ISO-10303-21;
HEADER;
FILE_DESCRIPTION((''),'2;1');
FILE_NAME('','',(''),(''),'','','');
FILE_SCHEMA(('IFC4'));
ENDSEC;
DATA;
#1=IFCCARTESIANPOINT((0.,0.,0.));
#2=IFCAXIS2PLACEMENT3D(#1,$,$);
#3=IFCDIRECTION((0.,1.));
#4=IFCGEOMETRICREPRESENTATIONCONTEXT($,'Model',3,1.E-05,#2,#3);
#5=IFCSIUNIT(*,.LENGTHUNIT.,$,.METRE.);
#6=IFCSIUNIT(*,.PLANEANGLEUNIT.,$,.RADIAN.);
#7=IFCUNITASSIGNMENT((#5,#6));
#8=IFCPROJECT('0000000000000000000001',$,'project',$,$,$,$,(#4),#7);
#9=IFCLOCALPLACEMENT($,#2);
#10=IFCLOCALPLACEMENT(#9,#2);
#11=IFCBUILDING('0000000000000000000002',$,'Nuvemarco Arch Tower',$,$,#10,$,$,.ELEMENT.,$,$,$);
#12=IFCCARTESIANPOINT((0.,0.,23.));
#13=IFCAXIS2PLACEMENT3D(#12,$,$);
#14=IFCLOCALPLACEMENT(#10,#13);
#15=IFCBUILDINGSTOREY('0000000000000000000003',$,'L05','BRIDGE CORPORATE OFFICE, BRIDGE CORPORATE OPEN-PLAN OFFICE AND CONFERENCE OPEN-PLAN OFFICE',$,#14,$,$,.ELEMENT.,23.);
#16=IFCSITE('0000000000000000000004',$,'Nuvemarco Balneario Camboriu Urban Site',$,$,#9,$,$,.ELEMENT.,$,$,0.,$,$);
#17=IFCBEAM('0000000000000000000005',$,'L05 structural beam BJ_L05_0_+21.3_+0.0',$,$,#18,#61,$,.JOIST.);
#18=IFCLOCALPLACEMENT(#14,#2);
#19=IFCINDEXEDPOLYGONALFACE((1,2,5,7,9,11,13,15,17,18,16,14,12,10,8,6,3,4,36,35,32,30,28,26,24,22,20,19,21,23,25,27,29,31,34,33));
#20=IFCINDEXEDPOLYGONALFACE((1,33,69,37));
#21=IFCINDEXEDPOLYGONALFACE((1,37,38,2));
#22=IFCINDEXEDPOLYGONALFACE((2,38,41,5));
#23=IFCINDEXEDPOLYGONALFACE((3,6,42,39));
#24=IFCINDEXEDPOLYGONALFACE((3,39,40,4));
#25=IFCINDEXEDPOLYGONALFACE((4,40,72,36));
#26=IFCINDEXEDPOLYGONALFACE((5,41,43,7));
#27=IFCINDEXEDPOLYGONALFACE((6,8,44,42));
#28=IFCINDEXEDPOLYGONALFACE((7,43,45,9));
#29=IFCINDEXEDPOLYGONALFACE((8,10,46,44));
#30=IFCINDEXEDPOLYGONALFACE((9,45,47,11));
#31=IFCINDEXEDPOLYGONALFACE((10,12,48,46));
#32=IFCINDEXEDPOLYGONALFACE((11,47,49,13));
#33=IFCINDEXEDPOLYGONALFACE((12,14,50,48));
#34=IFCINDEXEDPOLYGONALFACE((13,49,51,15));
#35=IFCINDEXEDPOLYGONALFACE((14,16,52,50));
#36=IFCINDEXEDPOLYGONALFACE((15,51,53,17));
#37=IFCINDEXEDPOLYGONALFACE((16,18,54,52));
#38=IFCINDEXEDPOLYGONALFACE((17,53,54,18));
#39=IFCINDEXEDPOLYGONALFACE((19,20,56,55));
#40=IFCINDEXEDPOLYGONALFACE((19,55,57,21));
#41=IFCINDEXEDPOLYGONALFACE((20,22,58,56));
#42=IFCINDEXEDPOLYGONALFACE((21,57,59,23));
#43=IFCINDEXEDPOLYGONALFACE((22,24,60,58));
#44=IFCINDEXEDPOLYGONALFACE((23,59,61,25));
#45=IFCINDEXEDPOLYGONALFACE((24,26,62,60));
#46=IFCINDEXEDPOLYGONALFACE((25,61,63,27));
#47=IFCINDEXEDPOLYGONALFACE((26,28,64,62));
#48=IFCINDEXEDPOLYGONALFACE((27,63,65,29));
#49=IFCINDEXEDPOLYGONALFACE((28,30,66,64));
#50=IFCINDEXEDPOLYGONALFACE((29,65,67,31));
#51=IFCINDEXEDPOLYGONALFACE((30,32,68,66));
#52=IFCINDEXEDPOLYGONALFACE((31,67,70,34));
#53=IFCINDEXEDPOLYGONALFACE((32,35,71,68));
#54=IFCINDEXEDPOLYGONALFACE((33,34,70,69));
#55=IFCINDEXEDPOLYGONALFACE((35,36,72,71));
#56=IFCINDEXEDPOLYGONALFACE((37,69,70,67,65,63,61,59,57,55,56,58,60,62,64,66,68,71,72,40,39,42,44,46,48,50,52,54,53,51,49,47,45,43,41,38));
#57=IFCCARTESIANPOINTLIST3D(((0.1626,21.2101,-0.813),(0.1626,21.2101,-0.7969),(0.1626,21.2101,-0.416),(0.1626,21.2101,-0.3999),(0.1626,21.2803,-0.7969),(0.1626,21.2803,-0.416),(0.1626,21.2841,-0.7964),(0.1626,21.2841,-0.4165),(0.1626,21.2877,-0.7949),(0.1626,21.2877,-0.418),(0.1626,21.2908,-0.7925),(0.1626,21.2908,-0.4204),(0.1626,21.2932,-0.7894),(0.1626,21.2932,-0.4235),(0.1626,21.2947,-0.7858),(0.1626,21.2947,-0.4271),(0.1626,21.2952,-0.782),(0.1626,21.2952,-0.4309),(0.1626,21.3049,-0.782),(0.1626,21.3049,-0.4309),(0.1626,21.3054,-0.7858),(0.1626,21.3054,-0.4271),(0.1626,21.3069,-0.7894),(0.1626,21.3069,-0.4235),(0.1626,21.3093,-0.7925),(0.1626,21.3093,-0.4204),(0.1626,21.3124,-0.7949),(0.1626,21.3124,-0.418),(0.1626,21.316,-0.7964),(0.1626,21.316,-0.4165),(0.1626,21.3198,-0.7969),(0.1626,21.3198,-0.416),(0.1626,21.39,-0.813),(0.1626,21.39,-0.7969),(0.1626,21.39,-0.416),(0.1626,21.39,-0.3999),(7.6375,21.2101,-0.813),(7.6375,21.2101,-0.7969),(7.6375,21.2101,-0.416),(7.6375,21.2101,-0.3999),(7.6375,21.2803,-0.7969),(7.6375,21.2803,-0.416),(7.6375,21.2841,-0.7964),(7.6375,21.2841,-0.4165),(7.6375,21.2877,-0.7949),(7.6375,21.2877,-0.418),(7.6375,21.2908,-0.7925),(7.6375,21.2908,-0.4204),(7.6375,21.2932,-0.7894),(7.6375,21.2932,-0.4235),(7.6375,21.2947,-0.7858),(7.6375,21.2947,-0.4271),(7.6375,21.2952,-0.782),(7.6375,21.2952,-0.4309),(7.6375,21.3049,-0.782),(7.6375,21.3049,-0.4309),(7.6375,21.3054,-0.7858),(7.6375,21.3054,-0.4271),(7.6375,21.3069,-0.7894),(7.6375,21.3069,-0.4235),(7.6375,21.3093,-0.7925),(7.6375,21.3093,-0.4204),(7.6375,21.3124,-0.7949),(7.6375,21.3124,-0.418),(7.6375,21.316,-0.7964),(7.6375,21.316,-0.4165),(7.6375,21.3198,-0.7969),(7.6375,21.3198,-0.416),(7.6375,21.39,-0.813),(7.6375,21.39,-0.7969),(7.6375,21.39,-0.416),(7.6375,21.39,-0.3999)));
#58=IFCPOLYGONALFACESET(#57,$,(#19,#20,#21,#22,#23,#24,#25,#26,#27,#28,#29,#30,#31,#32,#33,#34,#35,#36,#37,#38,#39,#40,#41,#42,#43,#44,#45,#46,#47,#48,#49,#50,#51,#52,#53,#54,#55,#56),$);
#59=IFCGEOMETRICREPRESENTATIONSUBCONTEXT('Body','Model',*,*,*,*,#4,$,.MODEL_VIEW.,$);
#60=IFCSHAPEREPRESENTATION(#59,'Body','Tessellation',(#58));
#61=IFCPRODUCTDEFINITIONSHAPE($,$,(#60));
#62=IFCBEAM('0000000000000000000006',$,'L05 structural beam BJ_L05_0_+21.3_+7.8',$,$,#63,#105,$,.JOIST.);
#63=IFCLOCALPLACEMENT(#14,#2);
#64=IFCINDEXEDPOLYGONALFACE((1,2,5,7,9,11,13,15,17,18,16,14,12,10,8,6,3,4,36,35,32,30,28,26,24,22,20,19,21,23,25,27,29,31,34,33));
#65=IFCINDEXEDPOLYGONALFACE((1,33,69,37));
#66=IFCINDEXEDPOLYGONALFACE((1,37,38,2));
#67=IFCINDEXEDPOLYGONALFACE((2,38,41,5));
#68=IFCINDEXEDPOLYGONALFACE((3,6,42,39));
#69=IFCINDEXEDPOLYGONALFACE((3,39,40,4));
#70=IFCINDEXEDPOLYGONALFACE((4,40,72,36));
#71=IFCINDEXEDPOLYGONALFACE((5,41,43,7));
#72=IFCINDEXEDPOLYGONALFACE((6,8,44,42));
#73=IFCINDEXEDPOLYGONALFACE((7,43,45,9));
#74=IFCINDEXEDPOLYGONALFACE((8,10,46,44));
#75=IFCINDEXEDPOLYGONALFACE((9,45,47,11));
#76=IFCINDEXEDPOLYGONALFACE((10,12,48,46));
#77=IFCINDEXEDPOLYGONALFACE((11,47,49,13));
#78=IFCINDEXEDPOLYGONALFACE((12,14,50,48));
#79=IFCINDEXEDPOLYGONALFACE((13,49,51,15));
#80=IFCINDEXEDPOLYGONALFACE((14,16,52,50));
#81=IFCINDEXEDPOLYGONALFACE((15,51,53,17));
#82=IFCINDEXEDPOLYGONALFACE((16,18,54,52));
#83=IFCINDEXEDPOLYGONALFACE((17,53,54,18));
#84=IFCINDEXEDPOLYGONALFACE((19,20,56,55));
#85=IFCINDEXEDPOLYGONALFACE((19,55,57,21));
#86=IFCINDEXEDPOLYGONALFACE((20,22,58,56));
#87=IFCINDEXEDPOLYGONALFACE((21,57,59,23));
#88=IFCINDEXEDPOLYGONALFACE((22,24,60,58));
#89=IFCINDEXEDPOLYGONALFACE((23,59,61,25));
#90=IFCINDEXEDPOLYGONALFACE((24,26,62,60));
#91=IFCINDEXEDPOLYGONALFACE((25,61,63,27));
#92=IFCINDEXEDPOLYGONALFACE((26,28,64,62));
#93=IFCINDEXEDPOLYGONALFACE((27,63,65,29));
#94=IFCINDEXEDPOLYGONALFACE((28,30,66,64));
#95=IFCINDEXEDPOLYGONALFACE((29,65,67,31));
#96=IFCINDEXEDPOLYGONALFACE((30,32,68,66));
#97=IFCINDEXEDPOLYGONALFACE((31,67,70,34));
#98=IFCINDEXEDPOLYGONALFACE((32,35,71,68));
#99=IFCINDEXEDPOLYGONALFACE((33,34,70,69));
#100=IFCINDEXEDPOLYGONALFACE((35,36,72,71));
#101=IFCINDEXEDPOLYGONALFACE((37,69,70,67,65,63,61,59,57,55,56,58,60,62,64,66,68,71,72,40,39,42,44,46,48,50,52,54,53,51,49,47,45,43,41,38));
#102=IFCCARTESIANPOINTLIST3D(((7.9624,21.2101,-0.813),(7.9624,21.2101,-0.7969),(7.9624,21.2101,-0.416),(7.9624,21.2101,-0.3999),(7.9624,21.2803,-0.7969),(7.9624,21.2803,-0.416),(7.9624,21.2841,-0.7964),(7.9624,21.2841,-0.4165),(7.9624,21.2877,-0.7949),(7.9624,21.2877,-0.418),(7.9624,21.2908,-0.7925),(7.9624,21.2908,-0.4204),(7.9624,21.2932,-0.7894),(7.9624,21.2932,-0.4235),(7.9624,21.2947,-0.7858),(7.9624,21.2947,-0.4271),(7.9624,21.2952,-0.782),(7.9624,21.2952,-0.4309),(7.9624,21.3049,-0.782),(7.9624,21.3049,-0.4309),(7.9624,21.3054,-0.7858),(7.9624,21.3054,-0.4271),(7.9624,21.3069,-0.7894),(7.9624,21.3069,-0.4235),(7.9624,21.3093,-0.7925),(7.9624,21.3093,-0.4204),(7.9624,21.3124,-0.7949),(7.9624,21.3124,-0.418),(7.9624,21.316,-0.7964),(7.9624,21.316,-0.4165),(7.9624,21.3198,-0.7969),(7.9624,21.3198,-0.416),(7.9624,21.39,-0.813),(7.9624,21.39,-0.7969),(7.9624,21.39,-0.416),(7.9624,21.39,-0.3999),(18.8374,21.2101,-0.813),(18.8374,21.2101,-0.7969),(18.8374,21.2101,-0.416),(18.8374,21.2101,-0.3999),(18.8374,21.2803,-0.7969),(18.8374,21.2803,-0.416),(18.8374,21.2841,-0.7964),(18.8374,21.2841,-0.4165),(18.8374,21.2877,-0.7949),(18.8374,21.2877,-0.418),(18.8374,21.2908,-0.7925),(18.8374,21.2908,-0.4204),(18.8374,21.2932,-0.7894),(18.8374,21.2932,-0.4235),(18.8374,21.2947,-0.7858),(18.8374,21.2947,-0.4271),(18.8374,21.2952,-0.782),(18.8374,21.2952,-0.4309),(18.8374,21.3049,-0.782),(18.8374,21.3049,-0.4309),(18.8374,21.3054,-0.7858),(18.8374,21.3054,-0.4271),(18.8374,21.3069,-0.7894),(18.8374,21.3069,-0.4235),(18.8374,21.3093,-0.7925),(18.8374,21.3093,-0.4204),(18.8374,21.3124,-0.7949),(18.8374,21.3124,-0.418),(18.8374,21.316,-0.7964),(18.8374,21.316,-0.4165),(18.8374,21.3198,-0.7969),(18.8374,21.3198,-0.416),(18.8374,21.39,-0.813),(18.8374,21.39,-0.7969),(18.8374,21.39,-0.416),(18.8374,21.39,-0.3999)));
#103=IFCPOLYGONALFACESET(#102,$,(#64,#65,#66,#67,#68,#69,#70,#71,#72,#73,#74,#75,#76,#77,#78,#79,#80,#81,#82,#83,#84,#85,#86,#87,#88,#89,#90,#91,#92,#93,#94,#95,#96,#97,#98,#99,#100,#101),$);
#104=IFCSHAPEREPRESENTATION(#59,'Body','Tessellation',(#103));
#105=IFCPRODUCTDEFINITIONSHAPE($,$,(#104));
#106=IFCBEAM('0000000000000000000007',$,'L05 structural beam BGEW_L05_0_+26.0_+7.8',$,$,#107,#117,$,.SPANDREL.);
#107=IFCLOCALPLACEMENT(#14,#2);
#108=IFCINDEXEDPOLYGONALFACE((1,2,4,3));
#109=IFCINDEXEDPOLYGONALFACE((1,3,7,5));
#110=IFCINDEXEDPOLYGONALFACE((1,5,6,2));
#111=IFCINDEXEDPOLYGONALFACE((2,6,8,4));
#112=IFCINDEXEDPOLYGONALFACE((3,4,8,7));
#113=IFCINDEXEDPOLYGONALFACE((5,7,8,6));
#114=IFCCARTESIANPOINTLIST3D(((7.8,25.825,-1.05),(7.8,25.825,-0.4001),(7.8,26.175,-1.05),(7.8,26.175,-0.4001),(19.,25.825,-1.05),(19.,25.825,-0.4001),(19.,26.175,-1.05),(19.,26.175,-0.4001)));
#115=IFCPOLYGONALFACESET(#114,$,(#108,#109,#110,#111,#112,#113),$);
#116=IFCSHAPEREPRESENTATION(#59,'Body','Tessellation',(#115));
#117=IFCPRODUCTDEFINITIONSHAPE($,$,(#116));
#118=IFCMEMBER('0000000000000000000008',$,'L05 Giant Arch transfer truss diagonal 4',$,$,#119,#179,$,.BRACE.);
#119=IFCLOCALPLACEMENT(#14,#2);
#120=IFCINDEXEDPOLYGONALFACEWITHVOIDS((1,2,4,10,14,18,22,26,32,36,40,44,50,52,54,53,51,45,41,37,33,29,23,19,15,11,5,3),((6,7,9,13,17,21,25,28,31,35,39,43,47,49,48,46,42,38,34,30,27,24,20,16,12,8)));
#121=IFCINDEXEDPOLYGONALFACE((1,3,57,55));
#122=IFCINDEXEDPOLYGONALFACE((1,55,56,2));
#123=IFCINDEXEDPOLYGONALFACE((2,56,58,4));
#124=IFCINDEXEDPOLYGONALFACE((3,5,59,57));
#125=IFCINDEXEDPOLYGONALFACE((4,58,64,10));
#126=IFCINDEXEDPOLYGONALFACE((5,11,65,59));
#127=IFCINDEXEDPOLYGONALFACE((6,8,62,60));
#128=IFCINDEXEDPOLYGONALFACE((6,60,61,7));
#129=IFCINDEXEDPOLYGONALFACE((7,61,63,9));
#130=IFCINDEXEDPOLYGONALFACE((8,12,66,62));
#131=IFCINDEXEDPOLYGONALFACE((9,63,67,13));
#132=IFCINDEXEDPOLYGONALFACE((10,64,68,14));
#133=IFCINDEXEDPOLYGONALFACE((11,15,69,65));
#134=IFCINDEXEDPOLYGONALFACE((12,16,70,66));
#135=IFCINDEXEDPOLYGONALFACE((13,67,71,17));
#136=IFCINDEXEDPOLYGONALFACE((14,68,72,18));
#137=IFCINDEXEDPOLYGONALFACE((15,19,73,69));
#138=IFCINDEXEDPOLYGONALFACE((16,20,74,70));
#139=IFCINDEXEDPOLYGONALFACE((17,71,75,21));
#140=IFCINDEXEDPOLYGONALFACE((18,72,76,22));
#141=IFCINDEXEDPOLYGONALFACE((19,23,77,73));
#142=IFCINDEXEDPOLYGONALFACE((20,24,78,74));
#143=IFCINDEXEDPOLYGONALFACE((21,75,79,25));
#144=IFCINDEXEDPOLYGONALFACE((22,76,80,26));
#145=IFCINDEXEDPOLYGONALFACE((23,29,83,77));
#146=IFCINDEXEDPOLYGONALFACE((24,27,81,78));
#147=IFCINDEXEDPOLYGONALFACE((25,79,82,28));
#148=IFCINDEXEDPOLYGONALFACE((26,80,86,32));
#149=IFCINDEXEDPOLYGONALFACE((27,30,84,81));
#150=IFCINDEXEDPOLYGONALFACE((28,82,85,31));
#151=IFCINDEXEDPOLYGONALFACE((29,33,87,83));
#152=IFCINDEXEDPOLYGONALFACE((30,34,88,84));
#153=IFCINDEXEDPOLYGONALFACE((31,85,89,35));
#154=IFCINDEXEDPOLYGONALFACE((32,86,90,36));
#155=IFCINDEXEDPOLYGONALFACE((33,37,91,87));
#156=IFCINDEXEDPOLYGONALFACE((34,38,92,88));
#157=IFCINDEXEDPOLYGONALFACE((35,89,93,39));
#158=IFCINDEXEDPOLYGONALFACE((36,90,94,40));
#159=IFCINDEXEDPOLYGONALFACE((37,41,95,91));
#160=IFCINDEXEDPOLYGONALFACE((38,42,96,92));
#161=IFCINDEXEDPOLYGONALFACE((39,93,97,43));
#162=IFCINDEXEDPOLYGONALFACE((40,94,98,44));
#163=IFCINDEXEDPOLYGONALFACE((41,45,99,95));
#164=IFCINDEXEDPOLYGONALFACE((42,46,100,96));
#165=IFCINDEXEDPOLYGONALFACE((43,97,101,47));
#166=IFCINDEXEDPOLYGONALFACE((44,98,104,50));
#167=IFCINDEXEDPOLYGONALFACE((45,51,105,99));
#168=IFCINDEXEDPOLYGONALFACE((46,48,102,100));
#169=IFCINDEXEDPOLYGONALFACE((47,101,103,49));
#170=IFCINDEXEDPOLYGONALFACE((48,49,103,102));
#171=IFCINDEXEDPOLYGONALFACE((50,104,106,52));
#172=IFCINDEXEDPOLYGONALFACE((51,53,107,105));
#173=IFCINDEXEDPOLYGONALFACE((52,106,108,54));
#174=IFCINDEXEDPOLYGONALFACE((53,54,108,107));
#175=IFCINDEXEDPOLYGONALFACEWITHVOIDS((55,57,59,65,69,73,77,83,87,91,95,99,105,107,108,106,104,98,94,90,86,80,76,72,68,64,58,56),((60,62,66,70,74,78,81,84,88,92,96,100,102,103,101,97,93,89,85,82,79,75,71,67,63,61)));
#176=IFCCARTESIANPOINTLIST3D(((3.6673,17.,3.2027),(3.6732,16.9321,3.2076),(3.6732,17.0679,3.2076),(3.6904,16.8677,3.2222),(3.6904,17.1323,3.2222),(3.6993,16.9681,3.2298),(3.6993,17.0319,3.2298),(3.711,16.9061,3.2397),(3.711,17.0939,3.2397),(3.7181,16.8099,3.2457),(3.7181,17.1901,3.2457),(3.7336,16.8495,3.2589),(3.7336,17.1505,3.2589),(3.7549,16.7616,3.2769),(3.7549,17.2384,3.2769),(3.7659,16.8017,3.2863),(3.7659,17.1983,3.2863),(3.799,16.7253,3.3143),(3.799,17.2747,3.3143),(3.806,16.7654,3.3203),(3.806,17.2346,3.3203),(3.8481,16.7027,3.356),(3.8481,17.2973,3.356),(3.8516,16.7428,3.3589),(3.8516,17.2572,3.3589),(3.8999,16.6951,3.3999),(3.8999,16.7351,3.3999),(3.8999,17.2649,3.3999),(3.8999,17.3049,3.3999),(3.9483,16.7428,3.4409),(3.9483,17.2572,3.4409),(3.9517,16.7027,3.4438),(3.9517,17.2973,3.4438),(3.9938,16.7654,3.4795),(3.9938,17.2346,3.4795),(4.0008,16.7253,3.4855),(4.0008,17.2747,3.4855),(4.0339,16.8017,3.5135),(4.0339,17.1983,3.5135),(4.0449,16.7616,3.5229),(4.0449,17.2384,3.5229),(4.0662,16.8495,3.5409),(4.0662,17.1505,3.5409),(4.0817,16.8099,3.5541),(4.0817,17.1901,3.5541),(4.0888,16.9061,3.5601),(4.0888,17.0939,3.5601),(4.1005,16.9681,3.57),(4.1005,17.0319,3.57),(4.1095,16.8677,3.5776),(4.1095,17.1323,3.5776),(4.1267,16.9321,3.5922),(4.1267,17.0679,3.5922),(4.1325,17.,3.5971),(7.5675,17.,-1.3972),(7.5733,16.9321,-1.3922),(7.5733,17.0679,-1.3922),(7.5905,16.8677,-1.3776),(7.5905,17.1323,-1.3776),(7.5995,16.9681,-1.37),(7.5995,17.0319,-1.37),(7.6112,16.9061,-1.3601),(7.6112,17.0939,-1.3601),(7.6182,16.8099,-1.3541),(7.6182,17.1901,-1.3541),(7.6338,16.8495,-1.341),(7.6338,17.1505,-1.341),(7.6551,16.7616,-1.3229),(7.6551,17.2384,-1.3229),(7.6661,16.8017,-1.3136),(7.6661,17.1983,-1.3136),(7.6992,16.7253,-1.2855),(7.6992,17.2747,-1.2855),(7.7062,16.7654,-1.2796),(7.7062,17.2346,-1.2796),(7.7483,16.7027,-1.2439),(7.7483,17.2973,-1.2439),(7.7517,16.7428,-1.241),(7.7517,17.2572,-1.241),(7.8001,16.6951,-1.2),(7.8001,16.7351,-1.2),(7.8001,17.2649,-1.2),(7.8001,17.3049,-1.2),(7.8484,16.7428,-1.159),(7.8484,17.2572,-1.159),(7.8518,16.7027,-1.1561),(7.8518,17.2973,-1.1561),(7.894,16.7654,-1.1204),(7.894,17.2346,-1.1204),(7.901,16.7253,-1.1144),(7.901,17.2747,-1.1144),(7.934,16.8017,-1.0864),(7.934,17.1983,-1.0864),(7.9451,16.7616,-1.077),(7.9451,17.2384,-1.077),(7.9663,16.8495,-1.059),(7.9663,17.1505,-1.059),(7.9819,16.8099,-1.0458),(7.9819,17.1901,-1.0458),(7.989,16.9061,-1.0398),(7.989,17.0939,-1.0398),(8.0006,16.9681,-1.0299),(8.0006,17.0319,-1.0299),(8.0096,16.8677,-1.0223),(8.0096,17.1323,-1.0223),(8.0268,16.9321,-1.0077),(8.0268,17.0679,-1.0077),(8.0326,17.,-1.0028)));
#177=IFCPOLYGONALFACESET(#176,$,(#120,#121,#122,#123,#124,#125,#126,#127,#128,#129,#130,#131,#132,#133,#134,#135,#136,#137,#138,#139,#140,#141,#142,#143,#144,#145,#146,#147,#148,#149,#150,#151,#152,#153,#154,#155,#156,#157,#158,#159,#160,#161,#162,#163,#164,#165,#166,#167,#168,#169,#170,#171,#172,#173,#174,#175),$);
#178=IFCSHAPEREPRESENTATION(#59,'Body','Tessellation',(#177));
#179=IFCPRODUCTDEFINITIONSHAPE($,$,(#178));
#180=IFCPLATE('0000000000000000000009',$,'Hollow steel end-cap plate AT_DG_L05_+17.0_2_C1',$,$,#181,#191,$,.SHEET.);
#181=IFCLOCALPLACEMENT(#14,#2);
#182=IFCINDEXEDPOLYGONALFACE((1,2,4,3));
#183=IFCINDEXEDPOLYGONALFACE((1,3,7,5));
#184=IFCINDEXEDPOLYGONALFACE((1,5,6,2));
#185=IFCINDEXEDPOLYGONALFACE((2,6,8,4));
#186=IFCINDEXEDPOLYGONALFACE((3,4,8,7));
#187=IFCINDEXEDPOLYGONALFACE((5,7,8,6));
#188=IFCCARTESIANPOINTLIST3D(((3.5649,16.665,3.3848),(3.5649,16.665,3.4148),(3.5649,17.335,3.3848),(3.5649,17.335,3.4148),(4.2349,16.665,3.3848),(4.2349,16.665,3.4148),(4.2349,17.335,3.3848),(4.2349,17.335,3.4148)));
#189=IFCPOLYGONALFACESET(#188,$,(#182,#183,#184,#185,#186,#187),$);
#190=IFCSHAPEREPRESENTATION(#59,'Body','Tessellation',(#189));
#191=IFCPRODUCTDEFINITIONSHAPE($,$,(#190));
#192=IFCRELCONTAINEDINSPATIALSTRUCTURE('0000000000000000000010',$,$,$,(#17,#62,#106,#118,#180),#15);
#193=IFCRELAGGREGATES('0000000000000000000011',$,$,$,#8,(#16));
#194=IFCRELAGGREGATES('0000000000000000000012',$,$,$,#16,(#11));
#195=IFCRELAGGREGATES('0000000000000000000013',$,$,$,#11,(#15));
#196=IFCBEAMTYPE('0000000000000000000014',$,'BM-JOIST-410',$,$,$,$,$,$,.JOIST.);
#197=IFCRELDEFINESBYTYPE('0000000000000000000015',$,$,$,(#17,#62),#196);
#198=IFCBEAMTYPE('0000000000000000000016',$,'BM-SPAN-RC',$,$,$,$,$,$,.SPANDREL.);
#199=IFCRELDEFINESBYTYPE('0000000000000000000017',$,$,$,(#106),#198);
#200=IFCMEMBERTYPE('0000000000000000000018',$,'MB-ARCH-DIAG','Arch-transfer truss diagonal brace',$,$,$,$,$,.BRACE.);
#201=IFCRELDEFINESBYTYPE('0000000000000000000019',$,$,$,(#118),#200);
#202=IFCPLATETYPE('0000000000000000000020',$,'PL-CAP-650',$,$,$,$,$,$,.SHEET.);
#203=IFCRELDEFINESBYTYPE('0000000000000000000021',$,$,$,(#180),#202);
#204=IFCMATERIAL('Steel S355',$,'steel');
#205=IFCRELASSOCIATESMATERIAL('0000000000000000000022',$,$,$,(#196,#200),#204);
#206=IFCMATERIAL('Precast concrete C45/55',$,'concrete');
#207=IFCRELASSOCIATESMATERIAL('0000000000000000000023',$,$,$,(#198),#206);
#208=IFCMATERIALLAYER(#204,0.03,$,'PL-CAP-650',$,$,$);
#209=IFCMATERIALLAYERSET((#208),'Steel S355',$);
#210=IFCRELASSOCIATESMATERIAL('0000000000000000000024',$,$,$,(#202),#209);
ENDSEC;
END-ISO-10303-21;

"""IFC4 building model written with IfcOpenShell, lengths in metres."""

from ifc_helpers import new_model, si_unit, direction, frame, origin, origin_2d, place, context, subcontext, project, spatial, rectangle, hollow_circle, i_section, extrude, source, transform, mapped, material, layer, layer_set, material_profile, profile_set, type_object, type_shapes, element, save


model = new_model("IFC4")

# Units and contexts
model_context = context("Model", 3, precision=1e-05, world=origin(), true_north=direction((0.0, 1.0)))
body_context = subcontext(model_context, "Body", "Model", "MODEL_VIEW")
ifc_project = project(units=[si_unit("LENGTHUNIT", "METRE"), si_unit("PLANEANGLEUNIT", "RADIAN")], contexts=[model_context])

# Site, building, storey
site_placement = place(None, origin())
site = spatial("IfcSite", under=ifc_project, at=site_placement, Name="Nuvemarco Balneario Camboriu Urban Site", CompositionType="ELEMENT", RefElevation=0.0)
building_placement = place(site_placement, origin())
building = spatial("IfcBuilding", under=site, at=building_placement, Name="Nuvemarco Arch Tower", CompositionType="ELEMENT")
storey_placement = place(building_placement, frame((0.0, 0.0, 23.0)))
storey = spatial("IfcBuildingStorey", under=building, at=storey_placement, Name="L05", Description="BRIDGE CORPORATE OFFICE, BRIDGE CORPORATE OPEN-PLAN OFFICE AND CONFERENCE OPEN-PLAN OFFICE", CompositionType="ELEMENT", Elevation=23.0)

# Shared definitions
ifc_material_1 = material(Name="Steel S355", Category="steel")

# Beams
ifc_material_profile_1 = material_profile(ifc_material_1, i_section(OverallWidth=0.1799, OverallDepth=0.4131, WebThickness=0.0098, FlangeThickness=0.0161, FilletRadius=0.0149, at=origin_2d()), Name="W410x75")
ifc_profile_set_1 = profile_set([ifc_material_profile_1], Name="Steel S355")
beam_type_1 = type_object("IfcBeamType", Name="BM-JOIST-410", PredefinedType="JOIST", material=ifc_profile_set_1)
beam_1_placement = place(storey_placement, frame((0.1626, 21.3, -0.6064), z_axis=(1.0, 0.0, 0.0), x_axis=(0.0, 1.0, 0.0)))
element("IfcBeam", 1, at=beam_1_placement, inside=storey, type_object=beam_type_1, Name="L05 structural beam BJ_L05_0_+21.3_+0.0", PredefinedType="JOIST", context=body_context, shape_type="SweptSolid", body=[
    extrude(i_section(OverallWidth=0.1799, OverallDepth=0.4131, WebThickness=0.0098, FlangeThickness=0.0161, FilletRadius=0.0149, at=origin_2d()), origin(), (0.0, 0.0, 1.0), 7.4749),
])
beam_2_placement = place(storey_placement, frame((7.9624, 21.3, -0.6064), z_axis=(1.0, 0.0, 0.0), x_axis=(0.0, 1.0, 0.0)))
element("IfcBeam", 2, at=beam_2_placement, inside=storey, type_object=beam_type_1, Name="L05 structural beam BJ_L05_0_+21.3_+7.8", PredefinedType="JOIST", context=body_context, shape_type="SweptSolid", body=[
    extrude(i_section(OverallWidth=0.1799, OverallDepth=0.4131, WebThickness=0.0098, FlangeThickness=0.0161, FilletRadius=0.0149, at=origin_2d()), origin(), (0.0, 0.0, 1.0), 10.875),
])
ifc_material_2 = material(Name="Precast concrete C45/55", Category="concrete")
ifc_material_profile_2 = material_profile(ifc_material_2, rectangle(XDim=0.3501, YDim=0.6499, at=origin_2d()), Name="PC-SP-350x650")
ifc_profile_set_2 = profile_set([ifc_material_profile_2], Name="Precast concrete C45/55")
beam_type_2 = type_object("IfcBeamType", Name="BM-SPAN-RC", PredefinedType="SPANDREL", material=ifc_profile_set_2)
beam_3_placement = place(storey_placement, frame((7.8, 26.0, -0.7251), z_axis=(1.0, 0.0, 0.0), x_axis=(0.0, 1.0, 0.0)))
element("IfcBeam", 3, at=beam_3_placement, inside=storey, type_object=beam_type_2, Name="L05 structural beam BGEW_L05_0_+26.0_+7.8", PredefinedType="SPANDREL", context=body_context, shape_type="SweptSolid", body=[
    extrude(rectangle(XDim=0.3501, YDim=0.6499, at=origin_2d()), origin(), (0.0, 0.0, 1.0), 11.2),
])

# Member
ifc_material_profile_3 = material_profile(ifc_material_1, hollow_circle(Radius=0.3049, WallThickness=0.04, at=origin_2d()), Name="CHS610x40")
ifc_profile_set_3 = profile_set([ifc_material_profile_3], Name="Steel S355")
member_type = type_object("IfcMemberType", Name="MB-ARCH-DIAG", Description="Arch-transfer truss diagonal brace", PredefinedType="BRACE", material=ifc_profile_set_3)
member_placement = place(storey_placement, frame((3.8999, 17.0, 3.3999), z_axis=(0.646711, 0.0, -0.762735), x_axis=(0.0, 1.0, 0.0)))
element("IfcMember", 4, at=member_placement, inside=storey, type_object=member_type, Name="L05 Giant Arch transfer truss diagonal 4", PredefinedType="BRACE", context=body_context, shape_type="SweptSolid", body=[
    extrude(hollow_circle(Radius=0.3049, WallThickness=0.04, at=origin_2d()), origin(), (0.0, 0.0, 1.0), 6.0308),
])

# Plate
ifc_layer_1 = layer(ifc_material_1, 0.03, Name="PL-CAP-650")
ifc_layer_set_1 = layer_set([ifc_layer_1], Name="Steel S355")
plate_type_1 = type_object("IfcPlateType", Name="PL-CAP-650", PredefinedType="SHEET", material=ifc_layer_set_1)
shared_shape_1 = source(origin(), body_context, "Body", "SweptSolid", [
    extrude(rectangle(XDim=0.6699, YDim=0.6699, at=origin_2d()), origin(), (0.0, 0.0, 1.0), 0.03),
])
type_shapes(plate_type_1, [shared_shape_1])
plate_placement = place(storey_placement, frame((3.8999, 17.0, 3.3848), z_axis=(0.0, 0.0, 1.0), x_axis=(1.0, 0.0, 0.0)))
element("IfcPlate", 5, at=plate_placement, inside=storey, type_object=plate_type_1, Name="Hollow steel end-cap plate AT_DG_L05_+17.0_2_C1", PredefinedType="SHEET", context=body_context, shape_type="MappedRepresentation", body=[
    mapped(shared_shape_1, transform((0.0, 0.0, 0.0), scale=1.0)),
])

save(model, "model.ifc")
